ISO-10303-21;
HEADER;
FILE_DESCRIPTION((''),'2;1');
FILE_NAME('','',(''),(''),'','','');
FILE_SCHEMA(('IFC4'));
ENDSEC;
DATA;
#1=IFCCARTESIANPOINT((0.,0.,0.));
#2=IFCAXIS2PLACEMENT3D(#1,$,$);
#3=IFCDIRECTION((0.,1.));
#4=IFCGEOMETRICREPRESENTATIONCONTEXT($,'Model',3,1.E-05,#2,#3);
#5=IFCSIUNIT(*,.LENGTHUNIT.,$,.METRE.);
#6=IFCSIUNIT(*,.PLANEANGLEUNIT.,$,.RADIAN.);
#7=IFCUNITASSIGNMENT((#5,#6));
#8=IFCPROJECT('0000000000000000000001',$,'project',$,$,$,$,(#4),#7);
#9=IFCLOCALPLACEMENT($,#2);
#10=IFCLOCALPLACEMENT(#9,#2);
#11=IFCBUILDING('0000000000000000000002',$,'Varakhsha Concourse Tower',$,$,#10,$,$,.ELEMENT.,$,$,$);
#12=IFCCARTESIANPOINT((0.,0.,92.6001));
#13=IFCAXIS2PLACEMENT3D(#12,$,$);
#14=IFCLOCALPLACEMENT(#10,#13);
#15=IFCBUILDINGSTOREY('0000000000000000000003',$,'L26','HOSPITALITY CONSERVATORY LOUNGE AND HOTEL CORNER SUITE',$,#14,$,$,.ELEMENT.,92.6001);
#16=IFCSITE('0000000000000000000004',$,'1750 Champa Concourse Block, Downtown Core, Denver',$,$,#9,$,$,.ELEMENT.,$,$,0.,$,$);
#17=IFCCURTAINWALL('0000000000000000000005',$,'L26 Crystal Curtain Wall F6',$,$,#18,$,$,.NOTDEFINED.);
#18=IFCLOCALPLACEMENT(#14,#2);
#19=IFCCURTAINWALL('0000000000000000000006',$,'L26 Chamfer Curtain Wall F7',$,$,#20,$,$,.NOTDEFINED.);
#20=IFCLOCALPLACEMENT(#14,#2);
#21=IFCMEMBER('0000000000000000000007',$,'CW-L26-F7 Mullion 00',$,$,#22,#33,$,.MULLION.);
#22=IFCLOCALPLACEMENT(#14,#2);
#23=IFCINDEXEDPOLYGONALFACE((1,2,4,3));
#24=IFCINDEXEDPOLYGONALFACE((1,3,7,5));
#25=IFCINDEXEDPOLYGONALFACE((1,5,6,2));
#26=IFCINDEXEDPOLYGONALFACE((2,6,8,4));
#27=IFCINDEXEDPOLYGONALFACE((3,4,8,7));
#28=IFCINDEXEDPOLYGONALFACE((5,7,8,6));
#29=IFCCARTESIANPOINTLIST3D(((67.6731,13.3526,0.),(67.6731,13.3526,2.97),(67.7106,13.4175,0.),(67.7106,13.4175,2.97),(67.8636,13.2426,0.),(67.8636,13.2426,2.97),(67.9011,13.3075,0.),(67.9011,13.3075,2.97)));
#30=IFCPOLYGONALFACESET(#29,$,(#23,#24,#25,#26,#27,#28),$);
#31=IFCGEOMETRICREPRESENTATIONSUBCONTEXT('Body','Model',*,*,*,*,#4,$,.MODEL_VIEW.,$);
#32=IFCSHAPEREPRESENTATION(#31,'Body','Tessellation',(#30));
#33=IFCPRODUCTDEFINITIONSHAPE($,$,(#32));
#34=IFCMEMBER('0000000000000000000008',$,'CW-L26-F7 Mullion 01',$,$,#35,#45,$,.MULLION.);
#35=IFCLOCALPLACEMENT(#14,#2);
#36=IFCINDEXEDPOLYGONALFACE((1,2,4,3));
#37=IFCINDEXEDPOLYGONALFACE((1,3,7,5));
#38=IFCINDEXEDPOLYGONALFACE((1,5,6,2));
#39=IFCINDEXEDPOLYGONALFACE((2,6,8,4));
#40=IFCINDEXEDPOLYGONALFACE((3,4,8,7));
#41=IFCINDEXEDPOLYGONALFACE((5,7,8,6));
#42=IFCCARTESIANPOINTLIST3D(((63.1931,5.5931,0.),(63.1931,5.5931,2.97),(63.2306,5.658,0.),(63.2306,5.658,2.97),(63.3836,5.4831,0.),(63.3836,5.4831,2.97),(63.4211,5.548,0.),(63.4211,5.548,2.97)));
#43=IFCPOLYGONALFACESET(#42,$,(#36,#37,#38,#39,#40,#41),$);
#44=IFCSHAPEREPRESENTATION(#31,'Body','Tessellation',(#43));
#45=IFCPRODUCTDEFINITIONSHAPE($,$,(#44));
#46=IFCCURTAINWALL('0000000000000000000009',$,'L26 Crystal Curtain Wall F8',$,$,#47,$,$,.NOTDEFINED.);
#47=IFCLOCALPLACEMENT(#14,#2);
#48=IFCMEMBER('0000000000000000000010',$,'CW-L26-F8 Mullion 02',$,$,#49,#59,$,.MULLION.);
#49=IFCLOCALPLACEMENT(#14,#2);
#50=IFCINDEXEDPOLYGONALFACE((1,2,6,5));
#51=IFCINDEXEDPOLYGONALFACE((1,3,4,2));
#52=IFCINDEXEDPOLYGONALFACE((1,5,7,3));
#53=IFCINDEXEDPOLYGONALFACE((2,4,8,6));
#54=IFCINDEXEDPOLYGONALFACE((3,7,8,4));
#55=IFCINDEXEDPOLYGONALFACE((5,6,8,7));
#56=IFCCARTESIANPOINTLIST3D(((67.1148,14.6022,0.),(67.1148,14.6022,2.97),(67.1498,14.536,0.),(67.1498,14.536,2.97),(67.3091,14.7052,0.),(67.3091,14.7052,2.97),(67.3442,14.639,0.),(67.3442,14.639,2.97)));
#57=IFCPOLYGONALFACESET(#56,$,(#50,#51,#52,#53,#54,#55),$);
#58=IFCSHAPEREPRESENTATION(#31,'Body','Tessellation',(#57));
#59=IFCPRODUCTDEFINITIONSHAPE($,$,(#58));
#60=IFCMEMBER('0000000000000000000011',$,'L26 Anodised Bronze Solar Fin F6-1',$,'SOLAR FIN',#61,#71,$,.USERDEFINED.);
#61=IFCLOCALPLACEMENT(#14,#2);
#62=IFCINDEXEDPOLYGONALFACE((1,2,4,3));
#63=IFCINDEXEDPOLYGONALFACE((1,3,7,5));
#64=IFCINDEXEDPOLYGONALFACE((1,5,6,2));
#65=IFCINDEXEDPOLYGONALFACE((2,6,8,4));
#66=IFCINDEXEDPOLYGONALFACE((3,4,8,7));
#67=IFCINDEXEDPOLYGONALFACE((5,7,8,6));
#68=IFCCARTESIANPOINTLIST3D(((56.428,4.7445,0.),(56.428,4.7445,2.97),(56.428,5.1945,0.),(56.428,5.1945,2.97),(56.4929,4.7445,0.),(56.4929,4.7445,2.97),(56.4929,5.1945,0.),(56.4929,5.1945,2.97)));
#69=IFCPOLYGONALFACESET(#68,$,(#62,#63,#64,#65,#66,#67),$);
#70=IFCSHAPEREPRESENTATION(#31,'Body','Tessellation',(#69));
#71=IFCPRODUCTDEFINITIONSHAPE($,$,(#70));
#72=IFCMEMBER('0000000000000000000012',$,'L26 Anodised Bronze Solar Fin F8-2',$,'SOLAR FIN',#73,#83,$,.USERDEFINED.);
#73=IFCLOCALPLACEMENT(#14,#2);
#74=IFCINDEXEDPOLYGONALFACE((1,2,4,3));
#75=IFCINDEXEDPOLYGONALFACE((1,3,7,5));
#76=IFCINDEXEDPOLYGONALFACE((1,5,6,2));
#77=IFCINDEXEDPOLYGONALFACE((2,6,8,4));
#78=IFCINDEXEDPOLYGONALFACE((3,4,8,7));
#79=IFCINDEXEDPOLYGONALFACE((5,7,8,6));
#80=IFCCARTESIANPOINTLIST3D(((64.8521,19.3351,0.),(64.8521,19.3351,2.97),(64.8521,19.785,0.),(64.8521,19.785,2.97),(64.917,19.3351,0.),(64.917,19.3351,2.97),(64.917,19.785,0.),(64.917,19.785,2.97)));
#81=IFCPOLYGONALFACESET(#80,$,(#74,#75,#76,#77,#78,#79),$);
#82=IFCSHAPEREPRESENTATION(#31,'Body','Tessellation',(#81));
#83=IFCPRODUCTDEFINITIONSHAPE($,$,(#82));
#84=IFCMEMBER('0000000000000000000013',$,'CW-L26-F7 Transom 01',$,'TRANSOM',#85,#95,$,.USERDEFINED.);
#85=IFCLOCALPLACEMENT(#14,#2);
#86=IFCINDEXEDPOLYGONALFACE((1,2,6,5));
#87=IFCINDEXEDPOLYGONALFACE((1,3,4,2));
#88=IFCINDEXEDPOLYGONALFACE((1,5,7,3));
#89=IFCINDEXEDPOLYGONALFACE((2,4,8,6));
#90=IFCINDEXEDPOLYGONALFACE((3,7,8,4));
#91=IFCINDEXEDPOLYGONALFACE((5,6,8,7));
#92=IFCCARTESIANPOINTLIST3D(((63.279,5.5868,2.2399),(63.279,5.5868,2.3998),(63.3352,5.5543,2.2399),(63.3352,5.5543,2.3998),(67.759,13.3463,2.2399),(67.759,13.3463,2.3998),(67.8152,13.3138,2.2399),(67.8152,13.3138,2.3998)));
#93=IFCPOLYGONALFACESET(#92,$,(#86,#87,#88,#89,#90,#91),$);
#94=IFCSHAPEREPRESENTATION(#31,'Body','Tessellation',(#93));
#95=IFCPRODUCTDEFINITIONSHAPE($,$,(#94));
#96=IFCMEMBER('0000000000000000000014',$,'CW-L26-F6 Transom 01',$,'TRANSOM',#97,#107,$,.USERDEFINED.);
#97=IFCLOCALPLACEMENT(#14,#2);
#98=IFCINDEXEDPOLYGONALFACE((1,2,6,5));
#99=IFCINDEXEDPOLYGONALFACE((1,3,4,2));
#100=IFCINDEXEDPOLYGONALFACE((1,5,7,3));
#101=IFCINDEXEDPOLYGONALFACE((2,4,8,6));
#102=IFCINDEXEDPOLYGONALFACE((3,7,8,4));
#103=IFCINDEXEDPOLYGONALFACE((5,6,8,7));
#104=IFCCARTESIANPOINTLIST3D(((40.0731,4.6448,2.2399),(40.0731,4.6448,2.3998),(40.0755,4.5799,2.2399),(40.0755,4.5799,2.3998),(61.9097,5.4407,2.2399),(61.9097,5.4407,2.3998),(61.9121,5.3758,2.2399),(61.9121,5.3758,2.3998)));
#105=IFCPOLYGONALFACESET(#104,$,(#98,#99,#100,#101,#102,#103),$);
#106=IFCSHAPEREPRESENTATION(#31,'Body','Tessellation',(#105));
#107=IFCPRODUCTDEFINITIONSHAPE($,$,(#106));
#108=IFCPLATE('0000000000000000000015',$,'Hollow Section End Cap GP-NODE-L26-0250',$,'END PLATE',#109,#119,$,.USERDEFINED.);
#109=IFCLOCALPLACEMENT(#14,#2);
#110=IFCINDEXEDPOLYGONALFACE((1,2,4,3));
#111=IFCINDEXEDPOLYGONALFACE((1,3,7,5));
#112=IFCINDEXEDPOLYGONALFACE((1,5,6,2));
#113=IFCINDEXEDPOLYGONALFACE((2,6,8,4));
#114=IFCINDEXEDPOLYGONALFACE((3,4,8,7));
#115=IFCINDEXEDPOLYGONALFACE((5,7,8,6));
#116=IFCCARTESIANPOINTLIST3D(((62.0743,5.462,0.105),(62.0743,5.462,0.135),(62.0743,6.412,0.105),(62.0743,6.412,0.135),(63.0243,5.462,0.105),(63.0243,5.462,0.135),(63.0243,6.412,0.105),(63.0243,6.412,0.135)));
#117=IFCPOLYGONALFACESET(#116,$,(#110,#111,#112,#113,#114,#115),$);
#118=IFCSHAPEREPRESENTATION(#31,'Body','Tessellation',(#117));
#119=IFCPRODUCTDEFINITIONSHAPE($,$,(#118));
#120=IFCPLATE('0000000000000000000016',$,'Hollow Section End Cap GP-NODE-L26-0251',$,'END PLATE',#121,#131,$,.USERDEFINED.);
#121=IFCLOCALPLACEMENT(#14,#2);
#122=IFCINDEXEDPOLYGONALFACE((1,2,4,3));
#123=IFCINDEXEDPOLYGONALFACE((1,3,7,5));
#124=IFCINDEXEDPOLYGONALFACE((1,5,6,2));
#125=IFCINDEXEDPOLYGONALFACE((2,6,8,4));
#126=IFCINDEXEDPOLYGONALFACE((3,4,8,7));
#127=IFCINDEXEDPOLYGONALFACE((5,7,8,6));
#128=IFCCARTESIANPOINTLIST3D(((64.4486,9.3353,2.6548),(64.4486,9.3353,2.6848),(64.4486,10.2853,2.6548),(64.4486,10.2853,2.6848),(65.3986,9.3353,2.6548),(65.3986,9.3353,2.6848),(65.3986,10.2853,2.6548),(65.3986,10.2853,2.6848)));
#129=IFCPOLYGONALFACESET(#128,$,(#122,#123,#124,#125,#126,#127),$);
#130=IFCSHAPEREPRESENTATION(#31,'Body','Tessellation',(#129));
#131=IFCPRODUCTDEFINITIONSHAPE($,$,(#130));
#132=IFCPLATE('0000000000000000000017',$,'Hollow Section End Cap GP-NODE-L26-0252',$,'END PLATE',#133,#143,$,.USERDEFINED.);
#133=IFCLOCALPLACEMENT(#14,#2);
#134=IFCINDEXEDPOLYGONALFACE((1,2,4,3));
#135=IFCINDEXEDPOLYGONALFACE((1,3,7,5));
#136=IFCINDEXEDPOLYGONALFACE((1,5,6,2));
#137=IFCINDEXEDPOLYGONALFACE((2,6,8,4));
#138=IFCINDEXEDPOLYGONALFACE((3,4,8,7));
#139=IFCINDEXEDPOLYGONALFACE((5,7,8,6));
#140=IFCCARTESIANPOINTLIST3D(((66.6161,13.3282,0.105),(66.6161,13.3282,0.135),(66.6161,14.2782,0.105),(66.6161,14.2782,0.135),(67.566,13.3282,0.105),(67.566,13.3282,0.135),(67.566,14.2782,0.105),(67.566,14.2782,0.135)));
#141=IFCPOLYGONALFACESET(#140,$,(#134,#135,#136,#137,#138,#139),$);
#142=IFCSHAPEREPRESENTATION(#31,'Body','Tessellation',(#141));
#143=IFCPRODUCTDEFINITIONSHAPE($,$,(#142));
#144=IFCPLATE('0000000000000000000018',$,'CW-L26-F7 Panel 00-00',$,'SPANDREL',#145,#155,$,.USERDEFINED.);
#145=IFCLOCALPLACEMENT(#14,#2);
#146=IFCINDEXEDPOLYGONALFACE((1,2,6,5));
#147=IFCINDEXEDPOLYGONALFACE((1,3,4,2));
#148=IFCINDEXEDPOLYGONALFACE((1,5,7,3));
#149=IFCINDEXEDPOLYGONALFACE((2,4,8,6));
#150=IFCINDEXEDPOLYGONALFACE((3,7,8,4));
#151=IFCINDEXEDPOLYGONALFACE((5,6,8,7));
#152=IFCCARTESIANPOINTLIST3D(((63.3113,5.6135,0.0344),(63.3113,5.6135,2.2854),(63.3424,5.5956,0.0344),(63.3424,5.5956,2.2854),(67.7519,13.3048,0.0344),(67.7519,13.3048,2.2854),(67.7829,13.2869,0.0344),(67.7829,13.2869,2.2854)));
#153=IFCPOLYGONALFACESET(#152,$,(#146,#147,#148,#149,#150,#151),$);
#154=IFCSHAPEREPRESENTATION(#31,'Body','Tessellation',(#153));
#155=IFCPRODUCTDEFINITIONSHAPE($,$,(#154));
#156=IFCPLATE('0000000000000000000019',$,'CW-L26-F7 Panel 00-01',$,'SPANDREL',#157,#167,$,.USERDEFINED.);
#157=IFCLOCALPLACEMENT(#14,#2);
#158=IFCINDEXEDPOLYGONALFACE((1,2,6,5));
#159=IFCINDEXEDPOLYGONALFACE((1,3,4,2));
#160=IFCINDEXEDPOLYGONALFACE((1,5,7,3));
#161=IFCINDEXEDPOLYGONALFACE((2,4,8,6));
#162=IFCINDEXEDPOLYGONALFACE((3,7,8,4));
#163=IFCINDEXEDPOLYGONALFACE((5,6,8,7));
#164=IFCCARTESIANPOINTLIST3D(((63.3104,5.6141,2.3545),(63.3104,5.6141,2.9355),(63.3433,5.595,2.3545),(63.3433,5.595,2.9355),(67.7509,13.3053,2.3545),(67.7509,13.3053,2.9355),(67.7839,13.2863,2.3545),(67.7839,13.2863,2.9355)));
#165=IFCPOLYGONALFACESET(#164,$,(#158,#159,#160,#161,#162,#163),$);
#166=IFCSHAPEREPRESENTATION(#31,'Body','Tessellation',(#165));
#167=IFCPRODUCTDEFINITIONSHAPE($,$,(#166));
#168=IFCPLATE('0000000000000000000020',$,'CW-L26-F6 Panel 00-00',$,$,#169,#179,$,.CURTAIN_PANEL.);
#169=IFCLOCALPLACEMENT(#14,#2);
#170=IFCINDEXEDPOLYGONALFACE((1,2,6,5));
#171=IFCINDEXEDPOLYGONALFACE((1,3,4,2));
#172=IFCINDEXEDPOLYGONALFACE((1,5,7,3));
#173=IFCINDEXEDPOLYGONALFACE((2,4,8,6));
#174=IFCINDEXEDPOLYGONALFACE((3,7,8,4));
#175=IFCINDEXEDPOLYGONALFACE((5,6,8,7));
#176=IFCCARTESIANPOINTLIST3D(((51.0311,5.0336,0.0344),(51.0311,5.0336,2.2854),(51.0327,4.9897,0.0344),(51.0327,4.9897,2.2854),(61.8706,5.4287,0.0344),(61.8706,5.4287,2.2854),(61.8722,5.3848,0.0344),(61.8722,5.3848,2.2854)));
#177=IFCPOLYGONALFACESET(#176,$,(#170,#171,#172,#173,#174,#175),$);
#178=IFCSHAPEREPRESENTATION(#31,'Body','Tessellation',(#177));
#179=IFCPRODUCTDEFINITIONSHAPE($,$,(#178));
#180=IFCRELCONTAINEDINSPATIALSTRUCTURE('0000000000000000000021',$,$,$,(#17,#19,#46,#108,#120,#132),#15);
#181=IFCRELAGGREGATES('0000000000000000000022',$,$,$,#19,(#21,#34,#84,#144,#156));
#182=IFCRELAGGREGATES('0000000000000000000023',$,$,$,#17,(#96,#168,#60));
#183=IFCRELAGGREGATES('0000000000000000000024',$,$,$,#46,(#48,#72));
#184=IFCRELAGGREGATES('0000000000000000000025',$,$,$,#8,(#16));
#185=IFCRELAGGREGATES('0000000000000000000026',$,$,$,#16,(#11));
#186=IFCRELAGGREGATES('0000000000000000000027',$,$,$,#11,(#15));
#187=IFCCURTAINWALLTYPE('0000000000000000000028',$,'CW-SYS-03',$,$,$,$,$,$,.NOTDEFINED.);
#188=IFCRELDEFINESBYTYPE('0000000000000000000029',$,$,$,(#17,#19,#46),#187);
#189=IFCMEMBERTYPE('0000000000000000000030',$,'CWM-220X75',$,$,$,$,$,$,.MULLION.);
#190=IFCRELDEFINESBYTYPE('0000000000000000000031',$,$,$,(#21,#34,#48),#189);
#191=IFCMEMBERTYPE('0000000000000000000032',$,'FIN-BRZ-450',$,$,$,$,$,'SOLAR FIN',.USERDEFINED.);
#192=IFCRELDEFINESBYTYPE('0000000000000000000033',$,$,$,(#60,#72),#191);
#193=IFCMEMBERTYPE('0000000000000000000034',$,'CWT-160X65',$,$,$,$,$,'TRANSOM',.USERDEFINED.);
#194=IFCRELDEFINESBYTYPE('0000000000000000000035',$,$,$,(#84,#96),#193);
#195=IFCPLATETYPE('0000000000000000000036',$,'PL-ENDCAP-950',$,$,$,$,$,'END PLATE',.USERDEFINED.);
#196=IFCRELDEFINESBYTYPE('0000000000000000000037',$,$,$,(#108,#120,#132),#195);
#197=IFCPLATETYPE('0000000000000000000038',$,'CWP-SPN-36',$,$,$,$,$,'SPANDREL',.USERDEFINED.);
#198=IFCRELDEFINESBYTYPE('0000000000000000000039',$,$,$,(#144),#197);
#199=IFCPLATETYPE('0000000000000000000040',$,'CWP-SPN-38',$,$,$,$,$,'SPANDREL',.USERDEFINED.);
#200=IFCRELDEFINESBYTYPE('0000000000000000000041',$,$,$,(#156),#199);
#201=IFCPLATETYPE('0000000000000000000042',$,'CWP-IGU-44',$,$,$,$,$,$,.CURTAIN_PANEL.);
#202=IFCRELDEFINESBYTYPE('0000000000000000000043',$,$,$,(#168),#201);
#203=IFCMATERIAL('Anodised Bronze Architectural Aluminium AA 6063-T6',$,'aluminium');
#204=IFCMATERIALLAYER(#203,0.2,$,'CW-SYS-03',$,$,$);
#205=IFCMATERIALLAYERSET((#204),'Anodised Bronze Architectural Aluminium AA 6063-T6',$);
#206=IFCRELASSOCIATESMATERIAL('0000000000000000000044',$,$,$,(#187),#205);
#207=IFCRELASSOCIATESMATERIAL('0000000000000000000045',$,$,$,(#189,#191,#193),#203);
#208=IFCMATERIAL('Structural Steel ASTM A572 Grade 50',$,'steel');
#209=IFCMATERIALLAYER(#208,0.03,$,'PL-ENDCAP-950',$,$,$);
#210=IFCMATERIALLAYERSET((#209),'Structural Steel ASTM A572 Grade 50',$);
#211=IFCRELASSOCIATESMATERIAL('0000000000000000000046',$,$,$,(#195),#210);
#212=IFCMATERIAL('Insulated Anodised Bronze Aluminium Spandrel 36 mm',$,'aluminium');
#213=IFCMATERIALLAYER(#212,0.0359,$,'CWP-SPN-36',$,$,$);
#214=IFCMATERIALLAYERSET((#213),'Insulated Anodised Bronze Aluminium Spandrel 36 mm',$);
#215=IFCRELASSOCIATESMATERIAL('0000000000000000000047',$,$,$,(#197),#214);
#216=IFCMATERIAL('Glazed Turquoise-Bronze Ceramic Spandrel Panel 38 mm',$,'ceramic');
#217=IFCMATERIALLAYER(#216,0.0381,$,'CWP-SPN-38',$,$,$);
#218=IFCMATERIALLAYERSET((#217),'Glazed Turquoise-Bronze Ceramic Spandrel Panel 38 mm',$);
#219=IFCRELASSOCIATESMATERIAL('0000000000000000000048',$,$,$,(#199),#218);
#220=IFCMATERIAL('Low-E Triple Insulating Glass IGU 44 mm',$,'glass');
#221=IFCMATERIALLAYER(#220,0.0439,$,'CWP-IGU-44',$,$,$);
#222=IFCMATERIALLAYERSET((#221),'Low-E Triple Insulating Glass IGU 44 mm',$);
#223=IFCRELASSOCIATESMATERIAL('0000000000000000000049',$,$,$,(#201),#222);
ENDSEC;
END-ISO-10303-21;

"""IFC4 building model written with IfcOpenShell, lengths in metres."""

from ifc_helpers import new_model, si_unit, direction, frame, origin, origin_2d, place, context, subcontext, project, spatial, rectangle, extrude, source, transform, mapped, material, layer, layer_set, material_profile, profile_set, type_object, type_shapes, element, aggregate, save


model = new_model("IFC4")

# Units and contexts
model_context = context("Model", 3, precision=1e-05, world=origin(), true_north=direction((0.0, 1.0)))
body_context = subcontext(model_context, "Body", "Model", "MODEL_VIEW")
ifc_project = project(units=[si_unit("LENGTHUNIT", "METRE"), si_unit("PLANEANGLEUNIT", "RADIAN")], contexts=[model_context])

# Site, building, storey
site_placement = place(None, origin())
site = spatial("IfcSite", under=ifc_project, at=site_placement, Name="1750 Champa Concourse Block, Downtown Core, Denver", CompositionType="ELEMENT", RefElevation=0.0)
building_placement = place(site_placement, origin())
building = spatial("IfcBuilding", under=site, at=building_placement, Name="Varakhsha Concourse Tower", CompositionType="ELEMENT")
storey_placement = place(building_placement, frame((0.0, 0.0, 92.6001)))
storey = spatial("IfcBuildingStorey", under=building, at=storey_placement, Name="L26", Description="HOSPITALITY CONSERVATORY LOUNGE AND HOTEL CORNER SUITE", CompositionType="ELEMENT", Elevation=92.6001)

# Shared definitions
ifc_material_1 = material(Name="Structural Steel ASTM A572 Grade 50", Category="steel")

# Curtain wall
ifc_material_2 = material(Name="Anodised Bronze Architectural Aluminium AA 6063-T6", Category="aluminium")
ifc_layer_1 = layer(ifc_material_2, 0.2, Name="CW-SYS-03")
ifc_layer_set_1 = layer_set([ifc_layer_1], Name="Anodised Bronze Architectural Aluminium AA 6063-T6")
curtain_wall_type = type_object("IfcCurtainWallType", Name="CW-SYS-03", PredefinedType="NOTDEFINED", material=ifc_layer_set_1)
curtain_wall_1_placement = place(storey_placement, origin())
curtain_wall_1 = element("IfcCurtainWall", 1, at=curtain_wall_1_placement, inside=storey, type_object=curtain_wall_type, Name="L26 Crystal Curtain Wall F6", PredefinedType="NOTDEFINED")
ifc_material_profile_1 = material_profile(ifc_material_2, rectangle(XDim=0.075, YDim=0.22, at=origin_2d()), Name="CWM-220X75")
ifc_profile_set_1 = profile_set([ifc_material_profile_1], Name="Anodised Bronze Architectural Aluminium AA 6063-T6")
member_type_1 = type_object("IfcMemberType", Name="CWM-220X75", PredefinedType="MULLION", material=ifc_profile_set_1)
shared_shape_1 = source(origin(), body_context, "Body", "SweptSolid", [
    extrude(rectangle(XDim=0.075, YDim=0.22, at=origin_2d()), origin(), (0.0, 0.0, 1.0), 2.97),
])
type_shapes(member_type_1, [shared_shape_1])

# Curtain wall, members
curtain_wall_2_placement = place(storey_placement, origin())
curtain_wall_2 = element("IfcCurtainWall", 2, at=curtain_wall_2_placement, inside=storey, type_object=curtain_wall_type, Name="L26 Chamfer Curtain Wall F7", PredefinedType="NOTDEFINED")
member_1_placement = place(storey_placement, frame((67.7871, 13.3301, 0.0), z_axis=(0.0, 0.0, 1.0), x_axis=(-0.5, -0.866025, 0.0)))
member_1 = element("IfcMember", 3, at=member_1_placement, type_object=member_type_1, Name="CW-L26-F7 Mullion 00", PredefinedType="MULLION", context=body_context, shape_type="MappedRepresentation", body=[
    mapped(shared_shape_1, transform((0.0, 0.0, 0.0), scale=1.0)),
])
member_2_placement = place(storey_placement, frame((63.3071, 5.5706, 0.0), z_axis=(0.0, 0.0, 1.0), x_axis=(-0.5, -0.866025, 0.0)))
member_2 = element("IfcMember", 4, at=member_2_placement, type_object=member_type_1, Name="CW-L26-F7 Mullion 01", PredefinedType="MULLION", context=body_context, shape_type="MappedRepresentation", body=[
    mapped(shared_shape_1, transform((0.0, 0.0, 0.0), scale=1.0)),
])

# Curtain wall, member
curtain_wall_3_placement = place(storey_placement, origin())
curtain_wall_3 = element("IfcCurtainWall", 5, at=curtain_wall_3_placement, inside=storey, type_object=curtain_wall_type, Name="L26 Crystal Curtain Wall F8", PredefinedType="NOTDEFINED")
member_3_placement = place(storey_placement, frame((67.2295, 14.6206, 0.0), z_axis=(0.0, 0.0, 1.0), x_axis=(0.468124, -0.883663, 0.0)))
member_3 = element("IfcMember", 6, at=member_3_placement, type_object=member_type_1, Name="CW-L26-F8 Mullion 02", PredefinedType="MULLION", context=body_context, shape_type="MappedRepresentation", body=[
    mapped(shared_shape_1, transform((0.0, 0.0, 0.0), scale=1.0)),
])

# Members
ifc_material_profile_2 = material_profile(ifc_material_2, rectangle(XDim=0.0649, YDim=0.45, at=origin_2d()), Name="FIN-BRZ-450")
ifc_profile_set_2 = profile_set([ifc_material_profile_2], Name="Anodised Bronze Architectural Aluminium AA 6063-T6")
member_type_2 = type_object("IfcMemberType", Name="FIN-BRZ-450", ElementType="SOLAR FIN", PredefinedType="USERDEFINED", material=ifc_profile_set_2)
shared_shape_2 = source(origin(), body_context, "Body", "SweptSolid", [
    extrude(rectangle(XDim=0.0649, YDim=0.45, at=origin_2d()), origin(), (0.0, 0.0, 1.0), 2.97),
])
type_shapes(member_type_2, [shared_shape_2])
member_4_placement = place(storey_placement, frame((56.4604, 4.9695, 0.0), z_axis=(0.0, 0.0, 1.0), x_axis=(1.0, 0.0, 0.0)))
member_4 = element("IfcMember", 7, at=member_4_placement, type_object=member_type_2, Name="L26 Anodised Bronze Solar Fin F6-1", ObjectType="SOLAR FIN", PredefinedType="USERDEFINED", context=body_context, shape_type="MappedRepresentation", body=[
    mapped(shared_shape_2, transform((0.0, 0.0, 0.0), scale=1.0)),
])
member_5_placement = place(storey_placement, frame((64.8845, 19.5601, 0.0), z_axis=(0.0, 0.0, 1.0), x_axis=(1.0, 0.0, 0.0)))
member_5 = element("IfcMember", 8, at=member_5_placement, type_object=member_type_2, Name="L26 Anodised Bronze Solar Fin F8-2", ObjectType="SOLAR FIN", PredefinedType="USERDEFINED", context=body_context, shape_type="MappedRepresentation", body=[
    mapped(shared_shape_2, transform((0.0, 0.0, 0.0), scale=1.0)),
])
ifc_material_profile_3 = material_profile(ifc_material_2, rectangle(XDim=0.0649, YDim=0.1599, at=origin_2d()), Name="CWT-160X65")
ifc_profile_set_3 = profile_set([ifc_material_profile_3], Name="Anodised Bronze Architectural Aluminium AA 6063-T6")
member_type_3 = type_object("IfcMemberType", Name="CWT-160X65", ElementType="TRANSOM", PredefinedType="USERDEFINED", material=ifc_profile_set_3)
shared_shape_3 = source(origin(), body_context, "Body", "SweptSolid", [
    extrude(rectangle(XDim=0.0649, YDim=0.1599, at=origin_2d()), origin(), (0.0, 0.0, 1.0), 8.96),
])
member_6_placement = place(storey_placement, frame((67.7871, 13.3301, 2.3198), z_axis=(-0.500002, -0.866025, 0.0), x_axis=(0.866025, -0.500002, 0.0)))
member_6 = element("IfcMember", 9, at=member_6_placement, type_object=member_type_3, Name="CW-L26-F7 Transom 01", ObjectType="TRANSOM", PredefinedType="USERDEFINED", context=body_context, shape_type="MappedRepresentation", body=[
    mapped(shared_shape_3, transform((0.0, 0.0, 0.0), scale=1.0)),
])
shared_shape_4 = source(origin(), body_context, "Body", "SweptSolid", [
    extrude(rectangle(XDim=0.0649, YDim=0.1599, at=origin_2d()), origin(), (0.0, 0.0, 1.0), 21.8511),
])
type_shapes(member_type_3, [shared_shape_3, shared_shape_4])
member_7_placement = place(storey_placement, frame((61.9109, 5.4082, 2.3198), z_axis=(-0.999336, -0.036424, 0.0), x_axis=(0.036424, -0.999336, 0.0)))
member_7 = element("IfcMember", 10, at=member_7_placement, type_object=member_type_3, Name="CW-L26-F6 Transom 01", ObjectType="TRANSOM", PredefinedType="USERDEFINED", context=body_context, shape_type="MappedRepresentation", body=[
    mapped(shared_shape_4, transform((0.0, 0.0, 0.0), scale=1.0)),
])

# Plates
ifc_layer_2 = layer(ifc_material_1, 0.03, Name="PL-ENDCAP-950")
ifc_layer_set_2 = layer_set([ifc_layer_2], Name="Structural Steel ASTM A572 Grade 50")
plate_type_1 = type_object("IfcPlateType", Name="PL-ENDCAP-950", ElementType="END PLATE", PredefinedType="USERDEFINED", material=ifc_layer_set_2)
shared_shape_5 = source(origin(), body_context, "Body", "SweptSolid", [
    extrude(rectangle(XDim=0.95, YDim=0.95, at=origin_2d()), origin(), (0.0, 0.0, 1.0), 0.03),
])
type_shapes(plate_type_1, [shared_shape_5])
for number, where, z_axis, x_axis, name in (
    (11, (62.5493, 5.937, 0.105), (0.0, 0.0, 1.0), (1.0, 0.0, 0.0), "Hollow Section End Cap GP-NODE-L26-0250"),
    (12, (64.9236, 9.8103, 2.6548), (0.0, 0.0, 1.0), (1.0, 0.0, 0.0), "Hollow Section End Cap GP-NODE-L26-0251"),
    (13, (67.0911, 13.8032, 0.105), (0.0, 0.0, 1.0), (1.0, 0.0, 0.0), "Hollow Section End Cap GP-NODE-L26-0252"),
):
    element("IfcPlate", number, at=place(storey_placement, frame(where, z_axis=z_axis, x_axis=x_axis)), inside=storey, type_object=plate_type_1, Name=name, ObjectType="END PLATE", PredefinedType="USERDEFINED", context=body_context, shape_type="MappedRepresentation", body=[
        mapped(shared_shape_5, transform((0.0, 0.0, 0.0), scale=1.0)),
    ])

# Plates
ifc_material_3 = material(Name="Insulated Anodised Bronze Aluminium Spandrel 36 mm", Category="aluminium")
ifc_layer_3 = layer(ifc_material_3, 0.0359, Name="CWP-SPN-36")
ifc_layer_set_3 = layer_set([ifc_layer_3], Name="Insulated Anodised Bronze Aluminium Spandrel 36 mm")
plate_type_2 = type_object("IfcPlateType", Name="CWP-SPN-36", ElementType="SPANDREL", PredefinedType="USERDEFINED", material=ifc_layer_set_3)
shared_shape_6 = source(origin(), body_context, "Body", "SweptSolid", [
    extrude(rectangle(XDim=8.8811, YDim=0.0359, at=origin_2d()), origin(), (0.0, 0.0, 1.0), 2.251),
])
type_shapes(plate_type_2, [shared_shape_6])
plate_1_placement = place(storey_placement, frame((65.5471, 9.4502, 0.0344), z_axis=(0.0, 0.0, 1.0), x_axis=(-0.5, -0.866025, 0.0)))
plate_1 = element("IfcPlate", 14, at=plate_1_placement, type_object=plate_type_2, Name="CW-L26-F7 Panel 00-00", ObjectType="SPANDREL", PredefinedType="USERDEFINED", context=body_context, shape_type="MappedRepresentation", body=[
    mapped(shared_shape_6, transform((0.0, 0.0, 0.0), scale=1.0)),
])
ifc_material_4 = material(Name="Glazed Turquoise-Bronze Ceramic Spandrel Panel 38 mm", Category="ceramic")
ifc_layer_4 = layer(ifc_material_4, 0.0381, Name="CWP-SPN-38")
ifc_layer_set_4 = layer_set([ifc_layer_4], Name="Glazed Turquoise-Bronze Ceramic Spandrel Panel 38 mm")
plate_type_3 = type_object("IfcPlateType", Name="CWP-SPN-38", ElementType="SPANDREL", PredefinedType="USERDEFINED", material=ifc_layer_set_4)
shared_shape_7 = source(origin(), body_context, "Body", "SweptSolid", [
    extrude(rectangle(XDim=8.8811, YDim=0.0381, at=origin_2d()), origin(), (0.0, 0.0, 1.0), 0.5811),
])
plate_2_placement = place(storey_placement, frame((65.5471, 9.4502, 2.3545), z_axis=(0.0, 0.0, 1.0), x_axis=(-0.5, -0.866025, 0.0)))
plate_2 = element("IfcPlate", 15, at=plate_2_placement, type_object=plate_type_3, Name="CW-L26-F7 Panel 00-01", ObjectType="SPANDREL", PredefinedType="USERDEFINED", context=body_context, shape_type="MappedRepresentation", body=[
    mapped(shared_shape_7, transform((0.0, 0.0, 0.0), scale=1.0)),
])
aggregate(curtain_wall_2, [member_1, member_2, member_6, plate_1, plate_2])
ifc_material_5 = material(Name="Low-E Triple Insulating Glass IGU 44 mm", Category="glass")
ifc_layer_5 = layer(ifc_material_5, 0.0439, Name="CWP-IGU-44")
ifc_layer_set_5 = layer_set([ifc_layer_5], Name="Low-E Triple Insulating Glass IGU 44 mm")
plate_type_4 = type_object("IfcPlateType", Name="CWP-IGU-44", PredefinedType="CURTAIN_PANEL", material=ifc_layer_set_5)
shared_shape_8 = source(origin(), body_context, "Body", "SweptSolid", [
    extrude(rectangle(XDim=10.8467, YDim=0.0439, at=origin_2d()), origin(), (0.0, 0.0, 1.0), 2.251),
])
type_shapes(plate_type_4, [shared_shape_8])
plate_3_placement = place(storey_placement, frame((56.4517, 5.2092, 0.0344), z_axis=(0.0, 0.0, 1.0), x_axis=(-0.999336, -0.036424, 0.0)))
plate_3 = element("IfcPlate", 16, at=plate_3_placement, type_object=plate_type_4, Name="CW-L26-F6 Panel 00-00", PredefinedType="CURTAIN_PANEL", context=body_context, shape_type="MappedRepresentation", body=[
    mapped(shared_shape_8, transform((0.0, 0.0, 0.0), scale=1.0)),
])
aggregate(curtain_wall_1, [member_7, plate_3, member_4])
aggregate(curtain_wall_3, [member_3, member_5])

save(model, "model.ifc")
